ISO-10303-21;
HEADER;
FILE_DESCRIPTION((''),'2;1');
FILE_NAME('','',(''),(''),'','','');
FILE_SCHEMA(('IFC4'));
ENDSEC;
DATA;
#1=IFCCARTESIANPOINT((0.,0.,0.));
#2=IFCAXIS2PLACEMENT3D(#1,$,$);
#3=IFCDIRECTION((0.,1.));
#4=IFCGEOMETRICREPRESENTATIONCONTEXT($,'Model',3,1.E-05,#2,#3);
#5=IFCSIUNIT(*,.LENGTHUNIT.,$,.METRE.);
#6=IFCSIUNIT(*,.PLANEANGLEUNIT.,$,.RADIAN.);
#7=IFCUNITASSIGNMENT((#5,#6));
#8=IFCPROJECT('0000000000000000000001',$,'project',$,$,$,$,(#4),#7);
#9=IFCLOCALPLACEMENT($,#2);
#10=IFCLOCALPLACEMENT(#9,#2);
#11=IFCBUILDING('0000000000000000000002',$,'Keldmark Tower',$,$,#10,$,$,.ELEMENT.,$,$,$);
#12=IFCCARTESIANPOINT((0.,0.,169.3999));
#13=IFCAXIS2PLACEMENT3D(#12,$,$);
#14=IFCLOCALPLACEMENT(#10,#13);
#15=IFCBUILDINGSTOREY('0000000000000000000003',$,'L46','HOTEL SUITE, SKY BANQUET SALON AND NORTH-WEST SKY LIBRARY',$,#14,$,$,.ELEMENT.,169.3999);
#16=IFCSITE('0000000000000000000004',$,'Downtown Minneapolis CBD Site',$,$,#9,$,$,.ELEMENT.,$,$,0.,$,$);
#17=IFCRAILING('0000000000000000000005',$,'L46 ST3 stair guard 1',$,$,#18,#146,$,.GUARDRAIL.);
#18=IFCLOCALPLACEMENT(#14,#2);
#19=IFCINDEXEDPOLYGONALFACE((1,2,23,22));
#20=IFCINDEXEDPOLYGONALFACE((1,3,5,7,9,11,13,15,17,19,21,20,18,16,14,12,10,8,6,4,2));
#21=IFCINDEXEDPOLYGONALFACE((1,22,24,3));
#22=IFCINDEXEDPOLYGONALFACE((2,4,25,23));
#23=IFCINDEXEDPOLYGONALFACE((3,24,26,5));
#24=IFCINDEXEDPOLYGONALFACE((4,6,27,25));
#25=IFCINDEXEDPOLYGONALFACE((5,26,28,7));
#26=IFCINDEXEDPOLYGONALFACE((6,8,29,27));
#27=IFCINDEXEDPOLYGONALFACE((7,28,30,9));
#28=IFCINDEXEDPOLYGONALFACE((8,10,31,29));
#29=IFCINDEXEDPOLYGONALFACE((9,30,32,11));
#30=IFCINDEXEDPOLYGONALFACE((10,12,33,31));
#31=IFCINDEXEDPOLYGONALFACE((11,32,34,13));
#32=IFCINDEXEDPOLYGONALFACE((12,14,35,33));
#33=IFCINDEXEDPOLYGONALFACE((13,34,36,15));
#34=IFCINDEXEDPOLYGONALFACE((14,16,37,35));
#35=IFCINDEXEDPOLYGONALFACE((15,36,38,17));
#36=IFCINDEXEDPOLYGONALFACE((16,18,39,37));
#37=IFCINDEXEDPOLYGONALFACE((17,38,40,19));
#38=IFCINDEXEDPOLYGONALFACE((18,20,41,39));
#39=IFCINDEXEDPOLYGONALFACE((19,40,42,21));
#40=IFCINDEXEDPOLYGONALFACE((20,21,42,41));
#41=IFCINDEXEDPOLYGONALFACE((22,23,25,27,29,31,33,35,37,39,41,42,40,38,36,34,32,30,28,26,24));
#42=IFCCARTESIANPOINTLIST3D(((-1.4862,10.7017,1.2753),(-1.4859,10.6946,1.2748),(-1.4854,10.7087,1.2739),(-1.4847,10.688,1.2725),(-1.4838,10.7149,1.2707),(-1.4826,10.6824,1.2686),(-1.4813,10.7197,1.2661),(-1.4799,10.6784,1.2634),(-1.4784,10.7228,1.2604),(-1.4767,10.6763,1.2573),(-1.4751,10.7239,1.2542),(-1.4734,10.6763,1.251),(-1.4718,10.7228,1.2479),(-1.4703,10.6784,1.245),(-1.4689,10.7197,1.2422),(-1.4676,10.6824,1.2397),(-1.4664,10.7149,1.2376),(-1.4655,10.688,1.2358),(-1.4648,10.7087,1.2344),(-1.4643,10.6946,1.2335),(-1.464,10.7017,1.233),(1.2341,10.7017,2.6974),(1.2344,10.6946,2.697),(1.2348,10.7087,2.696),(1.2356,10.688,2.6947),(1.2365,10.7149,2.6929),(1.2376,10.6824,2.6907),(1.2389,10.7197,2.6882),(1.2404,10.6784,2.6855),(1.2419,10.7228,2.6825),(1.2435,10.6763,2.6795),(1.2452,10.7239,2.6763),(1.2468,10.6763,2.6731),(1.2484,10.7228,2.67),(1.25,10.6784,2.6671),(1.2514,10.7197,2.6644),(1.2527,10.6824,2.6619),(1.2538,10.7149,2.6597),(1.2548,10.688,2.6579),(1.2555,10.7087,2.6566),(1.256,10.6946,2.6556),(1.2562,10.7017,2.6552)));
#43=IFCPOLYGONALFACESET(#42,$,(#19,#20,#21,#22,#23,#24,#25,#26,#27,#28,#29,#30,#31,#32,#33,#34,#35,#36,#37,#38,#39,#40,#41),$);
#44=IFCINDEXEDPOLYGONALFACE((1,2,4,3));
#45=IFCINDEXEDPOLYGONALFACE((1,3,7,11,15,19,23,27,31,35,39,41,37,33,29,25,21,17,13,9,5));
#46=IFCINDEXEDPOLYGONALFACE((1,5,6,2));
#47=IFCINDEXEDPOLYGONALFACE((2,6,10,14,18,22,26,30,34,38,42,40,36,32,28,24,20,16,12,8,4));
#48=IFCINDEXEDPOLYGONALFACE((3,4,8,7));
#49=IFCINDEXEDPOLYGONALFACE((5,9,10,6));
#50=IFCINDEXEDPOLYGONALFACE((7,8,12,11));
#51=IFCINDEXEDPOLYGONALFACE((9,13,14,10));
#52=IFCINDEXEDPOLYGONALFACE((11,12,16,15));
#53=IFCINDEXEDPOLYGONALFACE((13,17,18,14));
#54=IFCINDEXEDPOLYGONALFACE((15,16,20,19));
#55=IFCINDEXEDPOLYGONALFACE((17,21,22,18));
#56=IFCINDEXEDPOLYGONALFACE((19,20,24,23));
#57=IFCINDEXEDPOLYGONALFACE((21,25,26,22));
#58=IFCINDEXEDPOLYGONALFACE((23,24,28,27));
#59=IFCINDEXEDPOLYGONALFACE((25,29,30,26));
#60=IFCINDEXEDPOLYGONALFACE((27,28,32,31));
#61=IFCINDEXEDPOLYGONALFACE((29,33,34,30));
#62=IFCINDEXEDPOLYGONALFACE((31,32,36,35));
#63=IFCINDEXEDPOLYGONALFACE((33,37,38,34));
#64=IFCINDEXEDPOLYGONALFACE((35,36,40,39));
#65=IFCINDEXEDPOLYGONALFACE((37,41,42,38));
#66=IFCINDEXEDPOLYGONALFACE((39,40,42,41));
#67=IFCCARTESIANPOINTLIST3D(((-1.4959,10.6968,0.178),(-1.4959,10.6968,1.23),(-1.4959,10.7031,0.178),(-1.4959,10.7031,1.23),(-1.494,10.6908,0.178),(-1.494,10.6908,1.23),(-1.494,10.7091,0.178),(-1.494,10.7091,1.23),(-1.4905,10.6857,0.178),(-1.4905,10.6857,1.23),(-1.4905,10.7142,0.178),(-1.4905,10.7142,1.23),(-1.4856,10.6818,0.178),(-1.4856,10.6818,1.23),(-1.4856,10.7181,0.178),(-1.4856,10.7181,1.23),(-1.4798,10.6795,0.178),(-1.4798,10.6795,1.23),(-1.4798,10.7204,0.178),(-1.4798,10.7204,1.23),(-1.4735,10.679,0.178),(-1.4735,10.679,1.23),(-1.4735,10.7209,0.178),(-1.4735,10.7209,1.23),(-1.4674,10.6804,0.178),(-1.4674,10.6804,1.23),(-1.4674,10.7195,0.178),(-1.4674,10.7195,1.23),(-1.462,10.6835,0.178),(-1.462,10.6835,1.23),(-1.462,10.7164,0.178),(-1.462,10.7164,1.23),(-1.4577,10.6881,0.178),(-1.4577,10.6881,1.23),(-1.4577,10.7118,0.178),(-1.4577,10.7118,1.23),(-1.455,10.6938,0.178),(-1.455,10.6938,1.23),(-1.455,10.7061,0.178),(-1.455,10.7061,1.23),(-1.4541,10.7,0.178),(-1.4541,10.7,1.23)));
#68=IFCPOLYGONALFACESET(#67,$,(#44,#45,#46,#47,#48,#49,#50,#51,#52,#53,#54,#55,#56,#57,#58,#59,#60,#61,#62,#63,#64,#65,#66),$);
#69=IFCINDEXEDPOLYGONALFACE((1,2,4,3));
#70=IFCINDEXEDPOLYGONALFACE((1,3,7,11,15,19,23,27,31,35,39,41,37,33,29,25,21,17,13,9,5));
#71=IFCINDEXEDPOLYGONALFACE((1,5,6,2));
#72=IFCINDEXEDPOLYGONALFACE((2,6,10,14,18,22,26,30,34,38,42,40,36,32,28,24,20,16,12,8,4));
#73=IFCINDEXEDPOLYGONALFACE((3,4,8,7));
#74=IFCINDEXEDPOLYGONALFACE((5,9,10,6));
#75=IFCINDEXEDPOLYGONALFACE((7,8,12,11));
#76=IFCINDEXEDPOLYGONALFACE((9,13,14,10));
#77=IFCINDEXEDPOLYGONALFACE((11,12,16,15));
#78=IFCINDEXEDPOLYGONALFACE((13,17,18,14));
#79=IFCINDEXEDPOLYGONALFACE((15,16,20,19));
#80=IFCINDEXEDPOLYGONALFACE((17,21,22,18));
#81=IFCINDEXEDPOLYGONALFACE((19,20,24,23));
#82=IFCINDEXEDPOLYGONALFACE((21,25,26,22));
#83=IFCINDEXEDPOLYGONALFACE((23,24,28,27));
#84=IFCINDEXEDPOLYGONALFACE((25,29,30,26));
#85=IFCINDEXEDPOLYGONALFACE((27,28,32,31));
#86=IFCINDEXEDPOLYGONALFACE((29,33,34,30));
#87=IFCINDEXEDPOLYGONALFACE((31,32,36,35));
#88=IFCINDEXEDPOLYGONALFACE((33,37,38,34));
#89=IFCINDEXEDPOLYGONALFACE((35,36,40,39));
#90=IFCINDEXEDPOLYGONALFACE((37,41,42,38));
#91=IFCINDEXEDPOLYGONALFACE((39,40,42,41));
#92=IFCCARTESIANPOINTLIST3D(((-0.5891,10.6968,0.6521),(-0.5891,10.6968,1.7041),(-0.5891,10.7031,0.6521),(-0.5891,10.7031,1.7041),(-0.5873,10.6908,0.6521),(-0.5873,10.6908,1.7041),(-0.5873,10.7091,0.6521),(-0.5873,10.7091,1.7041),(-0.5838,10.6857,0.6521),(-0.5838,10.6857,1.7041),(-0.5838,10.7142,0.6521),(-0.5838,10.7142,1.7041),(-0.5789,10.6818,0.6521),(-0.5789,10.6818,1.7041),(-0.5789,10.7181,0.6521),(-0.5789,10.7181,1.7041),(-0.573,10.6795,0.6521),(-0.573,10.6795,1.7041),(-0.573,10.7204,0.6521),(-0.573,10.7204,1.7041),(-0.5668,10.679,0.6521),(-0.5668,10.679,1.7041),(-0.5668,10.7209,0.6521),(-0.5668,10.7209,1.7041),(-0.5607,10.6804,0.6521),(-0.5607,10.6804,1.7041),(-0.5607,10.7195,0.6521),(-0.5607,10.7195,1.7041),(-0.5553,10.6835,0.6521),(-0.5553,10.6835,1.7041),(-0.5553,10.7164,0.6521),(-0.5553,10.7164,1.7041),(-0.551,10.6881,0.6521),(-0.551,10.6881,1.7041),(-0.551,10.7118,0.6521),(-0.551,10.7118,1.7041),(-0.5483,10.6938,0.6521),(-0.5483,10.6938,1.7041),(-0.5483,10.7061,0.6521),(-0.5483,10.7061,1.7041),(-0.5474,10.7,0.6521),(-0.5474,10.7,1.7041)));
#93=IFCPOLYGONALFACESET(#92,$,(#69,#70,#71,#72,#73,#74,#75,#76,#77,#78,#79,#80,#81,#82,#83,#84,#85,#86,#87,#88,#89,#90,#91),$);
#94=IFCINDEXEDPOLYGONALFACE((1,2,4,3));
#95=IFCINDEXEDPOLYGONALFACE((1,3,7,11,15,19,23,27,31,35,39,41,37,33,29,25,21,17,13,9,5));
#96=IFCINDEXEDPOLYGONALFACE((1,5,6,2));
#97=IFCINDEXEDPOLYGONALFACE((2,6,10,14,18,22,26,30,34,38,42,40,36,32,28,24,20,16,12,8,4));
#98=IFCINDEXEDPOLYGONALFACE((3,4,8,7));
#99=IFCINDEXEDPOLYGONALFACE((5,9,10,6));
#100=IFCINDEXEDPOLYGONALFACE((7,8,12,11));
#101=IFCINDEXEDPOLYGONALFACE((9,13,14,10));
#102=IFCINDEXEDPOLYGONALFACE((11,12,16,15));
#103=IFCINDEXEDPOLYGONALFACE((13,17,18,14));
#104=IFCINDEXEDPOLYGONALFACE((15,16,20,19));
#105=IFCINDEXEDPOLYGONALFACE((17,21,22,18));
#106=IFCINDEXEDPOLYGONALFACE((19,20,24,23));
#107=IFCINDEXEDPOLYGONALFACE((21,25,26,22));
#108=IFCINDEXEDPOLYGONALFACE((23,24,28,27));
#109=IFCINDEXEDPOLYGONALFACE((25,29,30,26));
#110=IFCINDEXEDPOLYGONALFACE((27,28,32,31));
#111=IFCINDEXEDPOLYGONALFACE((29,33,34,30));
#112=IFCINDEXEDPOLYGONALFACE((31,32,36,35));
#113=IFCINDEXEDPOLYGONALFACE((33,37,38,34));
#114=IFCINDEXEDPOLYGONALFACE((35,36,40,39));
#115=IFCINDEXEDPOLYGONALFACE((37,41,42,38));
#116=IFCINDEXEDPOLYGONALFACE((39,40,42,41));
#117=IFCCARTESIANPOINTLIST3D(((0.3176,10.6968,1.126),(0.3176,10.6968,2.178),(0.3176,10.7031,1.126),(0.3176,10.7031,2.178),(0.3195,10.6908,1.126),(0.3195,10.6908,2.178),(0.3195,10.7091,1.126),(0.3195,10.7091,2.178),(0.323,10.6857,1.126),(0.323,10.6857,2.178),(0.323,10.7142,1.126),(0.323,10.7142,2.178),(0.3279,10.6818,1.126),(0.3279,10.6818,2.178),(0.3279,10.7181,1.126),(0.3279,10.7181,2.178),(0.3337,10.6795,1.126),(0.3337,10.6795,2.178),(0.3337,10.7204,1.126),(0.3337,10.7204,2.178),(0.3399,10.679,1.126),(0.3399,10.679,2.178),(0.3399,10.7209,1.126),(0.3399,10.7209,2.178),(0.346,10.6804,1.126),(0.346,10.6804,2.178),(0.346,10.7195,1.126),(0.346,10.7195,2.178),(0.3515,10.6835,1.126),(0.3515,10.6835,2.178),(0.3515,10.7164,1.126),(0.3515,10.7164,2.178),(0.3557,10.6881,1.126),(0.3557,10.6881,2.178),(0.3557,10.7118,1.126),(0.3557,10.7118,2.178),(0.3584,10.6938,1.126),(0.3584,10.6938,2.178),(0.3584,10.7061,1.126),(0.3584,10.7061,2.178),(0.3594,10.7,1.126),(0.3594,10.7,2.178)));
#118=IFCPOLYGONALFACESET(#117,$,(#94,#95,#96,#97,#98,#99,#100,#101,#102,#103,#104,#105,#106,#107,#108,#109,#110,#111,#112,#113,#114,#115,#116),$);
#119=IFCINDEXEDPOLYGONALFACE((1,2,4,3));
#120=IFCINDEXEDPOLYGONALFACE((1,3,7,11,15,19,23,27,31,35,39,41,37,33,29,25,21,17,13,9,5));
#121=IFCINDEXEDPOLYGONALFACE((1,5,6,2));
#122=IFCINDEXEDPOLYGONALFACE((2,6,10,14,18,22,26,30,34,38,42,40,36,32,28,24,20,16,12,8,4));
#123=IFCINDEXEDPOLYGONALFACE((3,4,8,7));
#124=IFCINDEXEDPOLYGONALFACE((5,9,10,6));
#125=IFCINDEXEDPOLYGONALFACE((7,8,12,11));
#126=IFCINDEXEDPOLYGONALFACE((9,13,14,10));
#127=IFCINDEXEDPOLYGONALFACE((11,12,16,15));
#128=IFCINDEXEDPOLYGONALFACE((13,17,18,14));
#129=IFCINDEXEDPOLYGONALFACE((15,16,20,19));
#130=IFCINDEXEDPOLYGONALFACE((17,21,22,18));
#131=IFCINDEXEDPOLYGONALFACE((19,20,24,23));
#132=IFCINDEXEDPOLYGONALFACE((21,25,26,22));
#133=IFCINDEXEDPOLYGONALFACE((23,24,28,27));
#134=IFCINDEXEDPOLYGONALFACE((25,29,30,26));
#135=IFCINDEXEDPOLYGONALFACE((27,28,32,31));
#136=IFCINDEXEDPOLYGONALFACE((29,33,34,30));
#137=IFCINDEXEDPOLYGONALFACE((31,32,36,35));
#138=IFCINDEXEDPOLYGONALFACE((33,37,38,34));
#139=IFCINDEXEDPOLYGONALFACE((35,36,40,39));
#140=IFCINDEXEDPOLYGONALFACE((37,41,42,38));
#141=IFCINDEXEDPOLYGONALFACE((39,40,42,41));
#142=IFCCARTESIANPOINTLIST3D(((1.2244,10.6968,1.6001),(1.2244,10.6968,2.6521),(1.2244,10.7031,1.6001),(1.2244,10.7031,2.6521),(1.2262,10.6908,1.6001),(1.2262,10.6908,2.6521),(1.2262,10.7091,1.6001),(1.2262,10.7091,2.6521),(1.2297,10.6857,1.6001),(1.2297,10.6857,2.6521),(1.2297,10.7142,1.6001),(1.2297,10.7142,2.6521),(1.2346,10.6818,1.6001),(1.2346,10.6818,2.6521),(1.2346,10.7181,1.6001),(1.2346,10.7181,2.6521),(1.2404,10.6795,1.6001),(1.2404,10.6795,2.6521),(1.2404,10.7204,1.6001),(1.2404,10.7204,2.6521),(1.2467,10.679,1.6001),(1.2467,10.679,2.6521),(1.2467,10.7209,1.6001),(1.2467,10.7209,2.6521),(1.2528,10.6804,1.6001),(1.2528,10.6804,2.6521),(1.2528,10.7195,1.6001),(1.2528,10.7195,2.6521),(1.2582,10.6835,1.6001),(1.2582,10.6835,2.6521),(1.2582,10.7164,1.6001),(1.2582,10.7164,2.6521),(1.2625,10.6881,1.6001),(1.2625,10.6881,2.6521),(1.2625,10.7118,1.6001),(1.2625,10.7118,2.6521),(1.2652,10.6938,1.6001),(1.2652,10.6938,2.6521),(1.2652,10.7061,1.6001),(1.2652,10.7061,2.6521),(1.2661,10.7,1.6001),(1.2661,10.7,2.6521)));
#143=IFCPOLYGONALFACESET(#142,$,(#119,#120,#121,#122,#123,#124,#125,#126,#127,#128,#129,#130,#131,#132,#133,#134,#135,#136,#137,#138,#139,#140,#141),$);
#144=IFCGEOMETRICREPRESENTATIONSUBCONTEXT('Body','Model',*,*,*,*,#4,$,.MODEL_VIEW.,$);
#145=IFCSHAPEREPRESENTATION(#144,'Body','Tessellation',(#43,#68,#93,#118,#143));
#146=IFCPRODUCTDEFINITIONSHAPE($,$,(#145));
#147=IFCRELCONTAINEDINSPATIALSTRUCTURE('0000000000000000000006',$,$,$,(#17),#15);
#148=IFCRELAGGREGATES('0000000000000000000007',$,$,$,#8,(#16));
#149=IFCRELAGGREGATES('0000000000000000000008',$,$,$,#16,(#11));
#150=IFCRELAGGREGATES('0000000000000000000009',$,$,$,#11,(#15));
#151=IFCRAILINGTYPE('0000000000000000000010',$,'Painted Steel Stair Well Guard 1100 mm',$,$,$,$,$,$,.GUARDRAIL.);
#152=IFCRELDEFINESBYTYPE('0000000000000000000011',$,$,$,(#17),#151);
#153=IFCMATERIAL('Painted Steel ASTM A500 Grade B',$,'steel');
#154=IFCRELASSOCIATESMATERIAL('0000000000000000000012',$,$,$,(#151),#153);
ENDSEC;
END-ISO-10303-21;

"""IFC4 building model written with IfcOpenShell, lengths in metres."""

from ifc_helpers import new_model, si_unit, direction, frame, origin, origin_2d, place, context, subcontext, project, spatial, circle, extrude, material, type_object, element, save


model = new_model("IFC4")

# Units and contexts
model_context = context("Model", 3, precision=1e-05, world=origin(), true_north=direction((0.0, 1.0)))
body_context = subcontext(model_context, "Body", "Model", "MODEL_VIEW")
ifc_project = project(units=[si_unit("LENGTHUNIT", "METRE"), si_unit("PLANEANGLEUNIT", "RADIAN")], contexts=[model_context])

# Site, building, storey
site_placement = place(None, origin())
site = spatial("IfcSite", under=ifc_project, at=site_placement, Name="Downtown Minneapolis CBD Site", CompositionType="ELEMENT", RefElevation=0.0)
building_placement = place(site_placement, origin())
building = spatial("IfcBuilding", under=site, at=building_placement, Name="Keldmark Tower", CompositionType="ELEMENT")
storey_placement = place(building_placement, frame((0.0, 0.0, 169.3999)))
storey = spatial("IfcBuildingStorey", under=building, at=storey_placement, Name="L46", Description="HOTEL SUITE, SKY BANQUET SALON AND NORTH-WEST SKY LIBRARY", CompositionType="ELEMENT", Elevation=169.3999)

# Railing
ifc_material_1 = material(Name="Painted Steel ASTM A500 Grade B", Category="steel")
railing_type_1 = type_object("IfcRailingType", Name="Painted Steel Stair Well Guard 1100 mm", PredefinedType="GUARDRAIL", material=ifc_material_1)
railing_1_placement = place(storey_placement, frame((-1.4751, 10.7, 0.178)))
element("IfcRailing", 1, at=railing_1_placement, inside=storey, type_object=railing_type_1, Name="L46 ST3 stair guard 1", PredefinedType="GUARDRAIL", context=body_context, shape_type="SweptSolid", body=[
    extrude(circle(Radius=0.0239, at=origin_2d()), frame((0.0, 0.0, 1.0762), z_axis=(0.8862, 0.0, 0.463302), x_axis=(0.0, 1.0, 0.0)), (0.0, 0.0, 1.0), 3.0696),
    extrude(circle(Radius=0.021, at=origin_2d()), origin(), (0.0, 0.0, 1.0), 1.052),
    extrude(circle(Radius=0.021, at=origin_2d()), frame((0.9067, 0.0, 0.4741)), (0.0, 0.0, 1.0), 1.052),
    extrude(circle(Radius=0.021, at=origin_2d()), frame((1.8135, 0.0, 0.948)), (0.0, 0.0, 1.0), 1.052),
    extrude(circle(Radius=0.021, at=origin_2d()), frame((2.7202, 0.0, 1.4221)), (0.0, 0.0, 1.0), 1.052),
])

save(model, "model.ifc")
